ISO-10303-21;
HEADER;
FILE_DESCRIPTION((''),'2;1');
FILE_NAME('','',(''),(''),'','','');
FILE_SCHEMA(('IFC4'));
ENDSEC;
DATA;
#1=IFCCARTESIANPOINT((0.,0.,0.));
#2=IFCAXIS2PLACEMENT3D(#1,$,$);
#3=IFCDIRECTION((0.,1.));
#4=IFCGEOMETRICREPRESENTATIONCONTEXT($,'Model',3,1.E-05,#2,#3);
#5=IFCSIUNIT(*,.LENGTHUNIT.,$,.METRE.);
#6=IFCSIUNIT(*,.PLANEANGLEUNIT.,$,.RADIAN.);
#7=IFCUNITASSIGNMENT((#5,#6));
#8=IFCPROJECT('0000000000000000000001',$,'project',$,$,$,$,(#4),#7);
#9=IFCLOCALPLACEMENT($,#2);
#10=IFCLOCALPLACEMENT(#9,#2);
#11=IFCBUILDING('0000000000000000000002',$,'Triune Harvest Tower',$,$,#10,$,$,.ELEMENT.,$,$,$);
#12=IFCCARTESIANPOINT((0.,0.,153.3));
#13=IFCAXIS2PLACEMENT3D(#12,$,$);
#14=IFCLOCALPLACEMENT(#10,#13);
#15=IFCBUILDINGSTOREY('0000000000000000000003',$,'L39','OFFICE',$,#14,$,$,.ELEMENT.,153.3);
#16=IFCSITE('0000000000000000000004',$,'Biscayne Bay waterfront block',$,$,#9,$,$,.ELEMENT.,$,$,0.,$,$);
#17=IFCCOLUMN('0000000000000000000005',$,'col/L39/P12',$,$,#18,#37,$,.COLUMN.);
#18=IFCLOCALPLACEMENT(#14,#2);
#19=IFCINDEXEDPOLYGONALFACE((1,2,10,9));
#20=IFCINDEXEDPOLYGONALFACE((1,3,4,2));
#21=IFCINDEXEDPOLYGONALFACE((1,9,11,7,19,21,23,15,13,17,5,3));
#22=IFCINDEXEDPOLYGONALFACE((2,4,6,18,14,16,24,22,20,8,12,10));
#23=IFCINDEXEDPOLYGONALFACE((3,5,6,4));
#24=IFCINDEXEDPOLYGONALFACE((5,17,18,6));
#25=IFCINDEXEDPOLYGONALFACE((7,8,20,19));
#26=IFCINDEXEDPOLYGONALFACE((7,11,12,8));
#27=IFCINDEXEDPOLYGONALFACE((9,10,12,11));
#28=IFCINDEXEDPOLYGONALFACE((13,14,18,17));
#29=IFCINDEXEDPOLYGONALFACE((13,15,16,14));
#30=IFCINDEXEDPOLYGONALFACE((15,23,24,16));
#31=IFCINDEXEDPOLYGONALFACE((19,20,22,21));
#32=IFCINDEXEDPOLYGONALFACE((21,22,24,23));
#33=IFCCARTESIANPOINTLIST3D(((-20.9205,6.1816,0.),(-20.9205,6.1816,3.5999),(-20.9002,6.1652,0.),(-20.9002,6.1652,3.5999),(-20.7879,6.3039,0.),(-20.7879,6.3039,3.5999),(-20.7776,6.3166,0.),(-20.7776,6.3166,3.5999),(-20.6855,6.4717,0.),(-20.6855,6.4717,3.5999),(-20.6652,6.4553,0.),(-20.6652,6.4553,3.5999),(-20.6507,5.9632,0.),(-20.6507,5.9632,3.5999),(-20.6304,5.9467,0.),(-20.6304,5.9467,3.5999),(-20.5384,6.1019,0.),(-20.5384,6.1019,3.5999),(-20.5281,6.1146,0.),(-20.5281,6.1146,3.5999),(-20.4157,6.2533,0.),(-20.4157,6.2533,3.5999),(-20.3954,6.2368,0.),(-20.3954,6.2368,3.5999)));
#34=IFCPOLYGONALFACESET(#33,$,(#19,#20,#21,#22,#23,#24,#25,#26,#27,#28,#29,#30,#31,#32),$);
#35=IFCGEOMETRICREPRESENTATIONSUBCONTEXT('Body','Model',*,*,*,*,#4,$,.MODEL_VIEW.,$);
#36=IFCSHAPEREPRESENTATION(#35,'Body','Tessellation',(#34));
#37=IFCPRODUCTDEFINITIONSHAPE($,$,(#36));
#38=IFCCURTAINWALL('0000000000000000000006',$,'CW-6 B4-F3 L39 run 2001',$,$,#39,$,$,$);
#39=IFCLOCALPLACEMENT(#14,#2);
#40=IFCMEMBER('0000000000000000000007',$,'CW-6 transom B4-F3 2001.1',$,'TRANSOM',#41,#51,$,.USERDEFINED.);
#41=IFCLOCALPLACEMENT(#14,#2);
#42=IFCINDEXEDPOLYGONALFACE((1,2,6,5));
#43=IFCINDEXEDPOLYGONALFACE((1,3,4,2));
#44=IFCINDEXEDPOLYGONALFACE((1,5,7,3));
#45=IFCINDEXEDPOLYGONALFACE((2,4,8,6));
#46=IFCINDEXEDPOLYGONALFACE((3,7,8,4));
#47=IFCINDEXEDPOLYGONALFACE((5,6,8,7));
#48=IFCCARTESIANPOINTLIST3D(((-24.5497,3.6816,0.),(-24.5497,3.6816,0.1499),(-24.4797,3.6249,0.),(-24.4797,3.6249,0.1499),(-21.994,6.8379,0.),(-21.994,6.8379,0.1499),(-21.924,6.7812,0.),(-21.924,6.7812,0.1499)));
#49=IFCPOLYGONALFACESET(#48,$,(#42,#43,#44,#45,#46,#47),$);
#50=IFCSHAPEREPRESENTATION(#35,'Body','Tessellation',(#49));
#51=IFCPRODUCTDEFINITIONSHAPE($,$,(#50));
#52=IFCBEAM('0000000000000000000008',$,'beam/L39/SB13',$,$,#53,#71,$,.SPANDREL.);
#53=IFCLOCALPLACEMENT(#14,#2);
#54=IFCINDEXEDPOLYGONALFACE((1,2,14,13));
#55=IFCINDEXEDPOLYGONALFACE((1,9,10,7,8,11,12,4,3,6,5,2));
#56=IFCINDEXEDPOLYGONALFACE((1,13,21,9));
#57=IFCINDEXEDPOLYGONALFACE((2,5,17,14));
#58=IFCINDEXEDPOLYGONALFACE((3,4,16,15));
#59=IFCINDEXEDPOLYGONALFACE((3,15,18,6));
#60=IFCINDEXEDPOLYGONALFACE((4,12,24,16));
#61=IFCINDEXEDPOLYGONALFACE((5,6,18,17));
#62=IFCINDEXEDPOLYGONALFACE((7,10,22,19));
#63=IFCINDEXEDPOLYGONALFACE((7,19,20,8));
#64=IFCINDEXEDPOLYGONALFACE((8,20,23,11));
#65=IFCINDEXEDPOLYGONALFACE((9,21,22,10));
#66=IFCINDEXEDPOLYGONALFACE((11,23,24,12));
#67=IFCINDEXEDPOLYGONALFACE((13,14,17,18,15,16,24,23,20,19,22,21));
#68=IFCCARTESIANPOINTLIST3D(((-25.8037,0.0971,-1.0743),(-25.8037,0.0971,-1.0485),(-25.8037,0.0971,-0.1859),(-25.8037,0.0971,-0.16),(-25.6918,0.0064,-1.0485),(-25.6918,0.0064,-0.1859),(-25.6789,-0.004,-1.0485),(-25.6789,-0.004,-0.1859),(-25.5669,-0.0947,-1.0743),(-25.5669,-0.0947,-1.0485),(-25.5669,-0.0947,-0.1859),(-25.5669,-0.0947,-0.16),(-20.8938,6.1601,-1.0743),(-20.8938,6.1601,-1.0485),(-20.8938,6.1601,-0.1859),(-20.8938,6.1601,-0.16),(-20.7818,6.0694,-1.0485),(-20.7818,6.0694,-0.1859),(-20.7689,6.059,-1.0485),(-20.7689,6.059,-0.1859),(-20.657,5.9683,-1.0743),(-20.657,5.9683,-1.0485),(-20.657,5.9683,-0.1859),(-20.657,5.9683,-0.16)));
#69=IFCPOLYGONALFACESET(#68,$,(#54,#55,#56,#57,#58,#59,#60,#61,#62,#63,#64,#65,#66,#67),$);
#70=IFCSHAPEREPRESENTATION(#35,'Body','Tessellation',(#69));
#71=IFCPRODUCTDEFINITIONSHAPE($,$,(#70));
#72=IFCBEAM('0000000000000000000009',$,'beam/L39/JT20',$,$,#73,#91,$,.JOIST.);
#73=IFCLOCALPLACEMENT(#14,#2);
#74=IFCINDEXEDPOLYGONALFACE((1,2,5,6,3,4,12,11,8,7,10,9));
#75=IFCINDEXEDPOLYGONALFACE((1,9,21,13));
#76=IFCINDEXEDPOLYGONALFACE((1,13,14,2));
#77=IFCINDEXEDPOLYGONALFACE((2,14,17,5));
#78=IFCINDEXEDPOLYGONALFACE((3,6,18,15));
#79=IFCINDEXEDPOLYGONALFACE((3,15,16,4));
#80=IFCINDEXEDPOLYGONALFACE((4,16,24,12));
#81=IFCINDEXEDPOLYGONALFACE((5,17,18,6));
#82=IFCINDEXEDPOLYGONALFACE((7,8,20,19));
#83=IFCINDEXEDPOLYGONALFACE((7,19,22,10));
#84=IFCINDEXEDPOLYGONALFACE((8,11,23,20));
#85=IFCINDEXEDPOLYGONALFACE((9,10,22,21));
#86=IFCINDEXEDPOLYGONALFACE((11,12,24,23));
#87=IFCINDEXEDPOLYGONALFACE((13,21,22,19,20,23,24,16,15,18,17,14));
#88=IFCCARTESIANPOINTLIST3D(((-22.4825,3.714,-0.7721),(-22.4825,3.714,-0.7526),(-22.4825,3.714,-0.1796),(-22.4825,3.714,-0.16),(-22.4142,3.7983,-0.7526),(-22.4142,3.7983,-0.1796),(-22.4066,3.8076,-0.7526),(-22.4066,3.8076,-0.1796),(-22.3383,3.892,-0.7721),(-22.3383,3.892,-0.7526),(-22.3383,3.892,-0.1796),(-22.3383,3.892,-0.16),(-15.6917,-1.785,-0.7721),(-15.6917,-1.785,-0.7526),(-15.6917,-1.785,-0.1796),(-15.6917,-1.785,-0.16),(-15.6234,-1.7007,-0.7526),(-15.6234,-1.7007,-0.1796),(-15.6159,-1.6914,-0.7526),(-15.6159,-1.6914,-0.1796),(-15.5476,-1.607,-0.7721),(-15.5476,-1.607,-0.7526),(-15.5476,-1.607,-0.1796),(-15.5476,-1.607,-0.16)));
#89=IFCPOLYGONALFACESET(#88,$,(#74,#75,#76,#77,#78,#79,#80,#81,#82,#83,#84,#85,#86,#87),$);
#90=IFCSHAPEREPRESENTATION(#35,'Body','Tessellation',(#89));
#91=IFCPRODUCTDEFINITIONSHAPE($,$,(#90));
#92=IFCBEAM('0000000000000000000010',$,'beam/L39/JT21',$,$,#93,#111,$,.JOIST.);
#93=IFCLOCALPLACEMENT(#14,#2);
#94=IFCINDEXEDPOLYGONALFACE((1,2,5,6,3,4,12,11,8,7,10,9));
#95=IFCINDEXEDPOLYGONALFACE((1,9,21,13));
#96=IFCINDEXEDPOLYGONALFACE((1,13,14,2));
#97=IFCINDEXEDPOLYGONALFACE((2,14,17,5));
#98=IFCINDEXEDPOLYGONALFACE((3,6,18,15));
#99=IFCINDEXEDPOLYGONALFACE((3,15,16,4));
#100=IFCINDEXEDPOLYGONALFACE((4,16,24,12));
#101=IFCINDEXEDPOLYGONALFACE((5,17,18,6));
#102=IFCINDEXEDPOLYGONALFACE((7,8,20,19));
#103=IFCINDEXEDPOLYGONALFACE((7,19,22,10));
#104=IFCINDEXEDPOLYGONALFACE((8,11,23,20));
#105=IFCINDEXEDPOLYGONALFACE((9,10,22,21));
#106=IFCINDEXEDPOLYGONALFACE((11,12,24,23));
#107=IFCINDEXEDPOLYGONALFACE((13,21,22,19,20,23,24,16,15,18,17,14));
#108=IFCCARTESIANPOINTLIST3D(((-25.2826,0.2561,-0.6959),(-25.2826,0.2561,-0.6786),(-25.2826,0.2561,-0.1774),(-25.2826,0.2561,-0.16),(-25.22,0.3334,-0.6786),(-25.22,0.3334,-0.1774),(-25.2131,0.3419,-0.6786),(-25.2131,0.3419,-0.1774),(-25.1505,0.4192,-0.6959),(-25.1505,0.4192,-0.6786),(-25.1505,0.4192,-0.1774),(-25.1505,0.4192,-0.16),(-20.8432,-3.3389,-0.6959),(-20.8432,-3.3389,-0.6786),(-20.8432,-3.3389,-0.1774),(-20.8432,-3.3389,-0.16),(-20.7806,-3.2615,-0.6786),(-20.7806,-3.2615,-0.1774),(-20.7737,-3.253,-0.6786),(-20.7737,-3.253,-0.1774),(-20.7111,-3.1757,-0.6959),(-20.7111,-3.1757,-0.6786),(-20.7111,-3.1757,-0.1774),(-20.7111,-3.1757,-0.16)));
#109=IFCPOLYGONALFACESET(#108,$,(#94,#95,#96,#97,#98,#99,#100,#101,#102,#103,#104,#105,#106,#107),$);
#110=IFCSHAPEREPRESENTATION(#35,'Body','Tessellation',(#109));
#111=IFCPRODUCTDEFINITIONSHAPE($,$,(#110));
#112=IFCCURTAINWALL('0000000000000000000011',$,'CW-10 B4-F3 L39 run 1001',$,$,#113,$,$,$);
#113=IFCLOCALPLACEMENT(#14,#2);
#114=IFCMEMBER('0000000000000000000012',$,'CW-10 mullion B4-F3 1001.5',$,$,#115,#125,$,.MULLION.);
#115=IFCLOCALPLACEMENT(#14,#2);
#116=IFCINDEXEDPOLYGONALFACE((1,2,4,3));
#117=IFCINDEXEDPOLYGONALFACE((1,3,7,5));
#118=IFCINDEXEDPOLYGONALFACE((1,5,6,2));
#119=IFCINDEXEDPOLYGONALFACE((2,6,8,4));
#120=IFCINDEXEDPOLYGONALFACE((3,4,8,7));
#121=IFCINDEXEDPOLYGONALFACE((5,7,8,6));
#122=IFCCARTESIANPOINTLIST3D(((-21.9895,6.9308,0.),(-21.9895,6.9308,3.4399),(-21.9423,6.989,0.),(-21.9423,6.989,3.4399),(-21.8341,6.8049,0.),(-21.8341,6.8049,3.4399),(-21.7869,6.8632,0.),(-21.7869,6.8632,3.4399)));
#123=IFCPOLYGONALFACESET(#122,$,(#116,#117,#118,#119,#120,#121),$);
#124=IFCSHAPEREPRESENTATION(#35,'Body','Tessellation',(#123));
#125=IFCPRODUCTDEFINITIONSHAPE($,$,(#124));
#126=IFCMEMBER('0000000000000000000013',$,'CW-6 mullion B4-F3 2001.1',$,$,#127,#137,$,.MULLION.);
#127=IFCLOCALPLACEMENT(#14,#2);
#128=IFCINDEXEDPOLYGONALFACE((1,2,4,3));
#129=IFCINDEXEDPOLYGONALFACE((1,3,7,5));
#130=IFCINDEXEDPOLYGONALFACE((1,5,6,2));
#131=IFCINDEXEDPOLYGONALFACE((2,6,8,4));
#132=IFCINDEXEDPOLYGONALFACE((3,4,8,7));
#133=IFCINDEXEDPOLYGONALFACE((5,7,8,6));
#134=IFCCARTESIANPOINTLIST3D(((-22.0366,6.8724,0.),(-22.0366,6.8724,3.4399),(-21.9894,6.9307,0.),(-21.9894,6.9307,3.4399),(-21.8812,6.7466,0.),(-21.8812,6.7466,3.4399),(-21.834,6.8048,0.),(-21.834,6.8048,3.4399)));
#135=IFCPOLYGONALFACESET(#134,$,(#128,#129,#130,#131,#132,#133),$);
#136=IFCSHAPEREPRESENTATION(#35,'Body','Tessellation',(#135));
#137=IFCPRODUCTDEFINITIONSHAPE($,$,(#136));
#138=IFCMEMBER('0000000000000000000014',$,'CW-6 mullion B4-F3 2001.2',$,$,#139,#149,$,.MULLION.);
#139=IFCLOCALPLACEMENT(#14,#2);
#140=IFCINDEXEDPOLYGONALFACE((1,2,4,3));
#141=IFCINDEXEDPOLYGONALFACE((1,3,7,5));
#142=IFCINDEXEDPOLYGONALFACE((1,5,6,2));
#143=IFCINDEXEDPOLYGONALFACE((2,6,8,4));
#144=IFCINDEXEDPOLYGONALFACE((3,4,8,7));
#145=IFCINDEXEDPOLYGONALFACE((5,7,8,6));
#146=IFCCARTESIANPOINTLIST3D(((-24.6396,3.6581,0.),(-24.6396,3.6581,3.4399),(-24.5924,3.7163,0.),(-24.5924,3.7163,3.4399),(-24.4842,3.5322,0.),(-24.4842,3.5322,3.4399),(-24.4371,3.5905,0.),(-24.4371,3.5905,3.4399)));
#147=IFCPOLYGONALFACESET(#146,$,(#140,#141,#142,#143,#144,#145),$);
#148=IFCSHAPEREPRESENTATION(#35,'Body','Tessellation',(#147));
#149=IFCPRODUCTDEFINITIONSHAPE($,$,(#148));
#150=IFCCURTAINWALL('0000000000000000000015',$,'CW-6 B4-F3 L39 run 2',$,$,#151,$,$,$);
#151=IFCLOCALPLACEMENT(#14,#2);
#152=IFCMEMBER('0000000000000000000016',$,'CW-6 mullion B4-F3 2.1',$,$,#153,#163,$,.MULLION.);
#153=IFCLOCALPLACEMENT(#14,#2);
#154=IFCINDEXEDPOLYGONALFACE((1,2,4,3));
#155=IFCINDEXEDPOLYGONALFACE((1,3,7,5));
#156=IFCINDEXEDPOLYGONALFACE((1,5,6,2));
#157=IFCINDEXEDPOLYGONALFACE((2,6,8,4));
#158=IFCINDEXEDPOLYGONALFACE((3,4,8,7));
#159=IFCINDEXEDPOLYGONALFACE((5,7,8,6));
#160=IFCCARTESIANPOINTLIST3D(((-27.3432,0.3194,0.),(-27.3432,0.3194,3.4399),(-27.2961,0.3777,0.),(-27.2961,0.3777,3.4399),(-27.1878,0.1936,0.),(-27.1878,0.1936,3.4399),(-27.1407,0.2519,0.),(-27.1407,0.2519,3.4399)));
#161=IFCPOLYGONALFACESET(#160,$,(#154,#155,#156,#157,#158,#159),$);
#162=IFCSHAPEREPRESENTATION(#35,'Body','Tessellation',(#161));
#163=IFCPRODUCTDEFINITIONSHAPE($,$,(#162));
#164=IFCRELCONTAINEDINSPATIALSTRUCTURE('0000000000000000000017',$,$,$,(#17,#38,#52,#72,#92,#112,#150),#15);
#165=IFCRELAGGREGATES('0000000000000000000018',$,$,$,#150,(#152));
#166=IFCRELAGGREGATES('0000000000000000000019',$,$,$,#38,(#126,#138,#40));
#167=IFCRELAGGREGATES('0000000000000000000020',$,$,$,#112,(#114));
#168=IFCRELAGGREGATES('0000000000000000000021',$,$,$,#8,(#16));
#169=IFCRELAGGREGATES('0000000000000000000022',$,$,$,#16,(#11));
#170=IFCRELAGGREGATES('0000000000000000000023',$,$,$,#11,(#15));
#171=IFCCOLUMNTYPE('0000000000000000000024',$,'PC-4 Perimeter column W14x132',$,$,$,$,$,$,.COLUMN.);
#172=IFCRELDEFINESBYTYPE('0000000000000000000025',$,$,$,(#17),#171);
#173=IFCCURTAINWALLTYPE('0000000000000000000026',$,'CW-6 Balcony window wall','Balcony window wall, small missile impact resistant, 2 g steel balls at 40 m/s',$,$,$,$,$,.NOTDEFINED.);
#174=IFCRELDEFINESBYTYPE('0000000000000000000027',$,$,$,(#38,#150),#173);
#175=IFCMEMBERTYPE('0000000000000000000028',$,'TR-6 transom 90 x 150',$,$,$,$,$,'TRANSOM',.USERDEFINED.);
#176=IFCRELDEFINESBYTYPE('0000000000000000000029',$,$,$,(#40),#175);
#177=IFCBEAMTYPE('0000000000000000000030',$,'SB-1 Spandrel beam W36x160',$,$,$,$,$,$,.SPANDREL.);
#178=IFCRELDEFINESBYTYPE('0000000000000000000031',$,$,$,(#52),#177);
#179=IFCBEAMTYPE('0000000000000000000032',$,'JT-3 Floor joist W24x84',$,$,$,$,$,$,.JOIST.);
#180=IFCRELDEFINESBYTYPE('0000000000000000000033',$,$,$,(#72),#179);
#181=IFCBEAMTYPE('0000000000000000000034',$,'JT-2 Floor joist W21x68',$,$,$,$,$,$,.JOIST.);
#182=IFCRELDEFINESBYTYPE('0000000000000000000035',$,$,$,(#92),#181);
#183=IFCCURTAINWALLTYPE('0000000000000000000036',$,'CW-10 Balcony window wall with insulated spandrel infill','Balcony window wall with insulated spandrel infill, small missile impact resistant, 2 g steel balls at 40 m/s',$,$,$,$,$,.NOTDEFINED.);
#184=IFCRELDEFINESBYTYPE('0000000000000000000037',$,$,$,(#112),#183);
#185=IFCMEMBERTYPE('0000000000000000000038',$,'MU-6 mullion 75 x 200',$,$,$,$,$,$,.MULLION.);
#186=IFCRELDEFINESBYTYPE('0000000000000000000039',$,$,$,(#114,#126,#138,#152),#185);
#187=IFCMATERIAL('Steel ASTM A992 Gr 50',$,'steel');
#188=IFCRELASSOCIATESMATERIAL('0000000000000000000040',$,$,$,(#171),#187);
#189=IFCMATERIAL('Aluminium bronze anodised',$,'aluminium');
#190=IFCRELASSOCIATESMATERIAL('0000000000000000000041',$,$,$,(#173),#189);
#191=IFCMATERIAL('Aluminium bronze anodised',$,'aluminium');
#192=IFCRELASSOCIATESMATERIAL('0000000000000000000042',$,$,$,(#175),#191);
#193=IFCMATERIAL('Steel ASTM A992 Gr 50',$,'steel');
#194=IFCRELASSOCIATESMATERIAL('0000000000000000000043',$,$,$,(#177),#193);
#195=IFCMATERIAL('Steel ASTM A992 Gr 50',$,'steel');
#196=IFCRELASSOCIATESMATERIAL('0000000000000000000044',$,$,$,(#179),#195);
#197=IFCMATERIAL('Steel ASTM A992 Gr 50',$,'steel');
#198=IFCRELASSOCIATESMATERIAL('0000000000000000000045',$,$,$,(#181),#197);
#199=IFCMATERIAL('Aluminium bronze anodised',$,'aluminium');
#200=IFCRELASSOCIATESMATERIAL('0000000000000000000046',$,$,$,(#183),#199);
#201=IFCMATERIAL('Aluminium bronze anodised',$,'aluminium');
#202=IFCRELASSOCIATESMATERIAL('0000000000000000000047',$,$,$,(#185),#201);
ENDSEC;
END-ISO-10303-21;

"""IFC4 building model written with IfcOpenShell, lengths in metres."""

from ifc_helpers import new_model, si_unit, direction, frame, origin, origin_2d, place, context, subcontext, project, spatial, rectangle, i_section, extrude, source, transform, mapped, material, material_profile, profile_set, type_object, element, aggregate, save


model = new_model("IFC4")

# Units and contexts
model_context = context("Model", 3, precision=1e-05, world=origin(), true_north=direction((0.0, 1.0)))
body_context = subcontext(model_context, "Body", "Model", "MODEL_VIEW")
ifc_project = project(units=[si_unit("LENGTHUNIT", "METRE"), si_unit("PLANEANGLEUNIT", "RADIAN")], contexts=[model_context])

# Site, building, storey
site_placement = place(None, origin())
site = spatial("IfcSite", under=ifc_project, at=site_placement, Name="Biscayne Bay waterfront block", CompositionType="ELEMENT", RefElevation=0.0)
building_placement = place(site_placement, origin())
building = spatial("IfcBuilding", under=site, at=building_placement, Name="Triune Harvest Tower", CompositionType="ELEMENT")
storey_placement = place(building_placement, frame((0.0, 0.0, 153.3)))
storey = spatial("IfcBuildingStorey", under=building, at=storey_placement, Name="L39", Description="OFFICE", CompositionType="ELEMENT", Elevation=153.3)

# Column
ifc_material_1 = material(Name="Steel ASTM A992 Gr 50", Category="steel")
ifc_material_profile_1 = material_profile(ifc_material_1, i_section(OverallWidth=0.3733, OverallDepth=0.3733, WebThickness=0.0164, FlangeThickness=0.0261, at=origin_2d()), Name="W14x132")
ifc_profile_set_1 = profile_set([ifc_material_profile_1], Name="Steel ASTM A992 Gr 50")
column_type = type_object("IfcColumnType", Name="PC-4 Perimeter column W14x132", PredefinedType="COLUMN", material=ifc_profile_set_1)
shared_shape_1 = source(origin(), body_context, "Body", "SweptSolid", [
    extrude(i_section(OverallWidth=0.3733, OverallDepth=0.3733, WebThickness=0.0164, FlangeThickness=0.0261, at=origin_2d()), origin(), (0.0, 0.0, 1.0), 3.5999),
])
column_placement = place(storey_placement, frame((-20.658, 6.2092, 0.0), z_axis=(0.0, 0.0, 1.0), x_axis=(-0.629322, -0.777145, 0.0)))
element("IfcColumn", 1, at=column_placement, inside=storey, type_object=column_type, Name="col/L39/P12", PredefinedType="COLUMN", context=body_context, shape_type="MappedRepresentation", body=[
    mapped(shared_shape_1, transform((0.0, 0.0, 0.0), scale=1.0)),
])

# Curtain wall, member
ifc_material_2 = material(Name="Aluminium bronze anodised", Category="aluminium")
curtain_wall_type_1 = type_object("IfcCurtainWallType", Name="CW-6 Balcony window wall", Description="Balcony window wall, small missile impact resistant, 2 g steel balls at 40 m/s", PredefinedType="NOTDEFINED", material=ifc_material_2)
curtain_wall_1_placement = place(storey_placement, origin())
curtain_wall_1 = element("IfcCurtainWall", 2, at=curtain_wall_1_placement, inside=storey, type_object=curtain_wall_type_1, Name="CW-6 B4-F3 L39 run 2001")
ifc_material_3 = material(Name="Aluminium bronze anodised", Category="aluminium")
ifc_material_profile_2 = material_profile(ifc_material_3, rectangle(XDim=0.0901, YDim=0.1499, at=origin_2d()), Name="TR-6 transom 90 x 150")
ifc_profile_set_2 = profile_set([ifc_material_profile_2], Name="Aluminium bronze anodised")
member_type_1 = type_object("IfcMemberType", Name="TR-6 transom 90 x 150", ElementType="TRANSOM", PredefinedType="USERDEFINED", material=ifc_profile_set_2)
member_1_placement = place(storey_placement, frame((-21.959, 6.8096, 0.075), z_axis=(-0.629288, -0.777172, 0.0), x_axis=(0.777172, -0.629288, 0.0)))
member_1 = element("IfcMember", 3, at=member_1_placement, type_object=member_type_1, Name="CW-6 transom B4-F3 2001.1", ObjectType="TRANSOM", PredefinedType="USERDEFINED", context=body_context, shape_type="SweptSolid", body=[
    extrude(rectangle(XDim=0.0901, YDim=0.1499, at=origin_2d()), origin(), (0.0, 0.0, 1.0), 4.0613),
])

# Beams
ifc_material_4 = material(Name="Steel ASTM A992 Gr 50", Category="steel")
ifc_material_profile_3 = material_profile(ifc_material_4, i_section(OverallWidth=0.3047, OverallDepth=0.9143, WebThickness=0.0166, FlangeThickness=0.0259, at=origin_2d()), Name="W36x160")
ifc_profile_set_3 = profile_set([ifc_material_profile_3], Name="Steel ASTM A992 Gr 50")
beam_type_1 = type_object("IfcBeamType", Name="SB-1 Spandrel beam W36x160", PredefinedType="SPANDREL", material=ifc_profile_set_3)
shared_shape_2 = source(origin(), body_context, "Body", "SweptSolid", [
    extrude(i_section(OverallWidth=0.3047, OverallDepth=0.9143, WebThickness=0.0166, FlangeThickness=0.0259, at=origin_2d()), origin(), (0.0, 0.0, 1.0), 7.8018),
])
beam_1_placement = place(storey_placement, frame((-20.7754, 6.0642, -0.6172), z_axis=(-0.629336, -0.777133, 0.0), x_axis=(0.777133, -0.629336, 0.0)))
element("IfcBeam", 4, at=beam_1_placement, inside=storey, type_object=beam_type_1, Name="beam/L39/SB13", PredefinedType="SPANDREL", context=body_context, shape_type="MappedRepresentation", body=[
    mapped(shared_shape_2, transform((0.0, 0.0, 0.0), scale=1.0)),
])
ifc_material_5 = material(Name="Steel ASTM A992 Gr 50", Category="steel")
ifc_material_profile_4 = material_profile(ifc_material_5, i_section(OverallWidth=0.229, OverallDepth=0.6121, WebThickness=0.012, FlangeThickness=0.0195, at=origin_2d()), Name="W24x84")
ifc_profile_set_4 = profile_set([ifc_material_profile_4], Name="Steel ASTM A992 Gr 50")
beam_type_2 = type_object("IfcBeamType", Name="JT-3 Floor joist W24x84", PredefinedType="JOIST", material=ifc_profile_set_4)
shared_shape_3 = source(origin(), body_context, "Body", "SweptSolid", [
    extrude(i_section(OverallWidth=0.229, OverallDepth=0.6121, WebThickness=0.012, FlangeThickness=0.0195, at=origin_2d()), origin(), (0.0, 0.0, 1.0), 8.738),
])
beam_2_placement = place(storey_placement, frame((-22.4104, 3.803, -0.4661), z_axis=(0.777148, -0.629318, 0.0), x_axis=(0.629318, 0.777148, 0.0)))
element("IfcBeam", 5, at=beam_2_placement, inside=storey, type_object=beam_type_2, Name="beam/L39/JT20", PredefinedType="JOIST", context=body_context, shape_type="MappedRepresentation", body=[
    mapped(shared_shape_3, transform((0.0, 0.0, 0.0), scale=1.0)),
])
ifc_material_6 = material(Name="Steel ASTM A992 Gr 50", Category="steel")
ifc_material_profile_5 = material_profile(ifc_material_6, i_section(OverallWidth=0.21, OverallDepth=0.5359, WebThickness=0.011, FlangeThickness=0.0173, at=origin_2d()), Name="W21x68")
ifc_profile_set_5 = profile_set([ifc_material_profile_5], Name="Steel ASTM A992 Gr 50")
beam_type_3 = type_object("IfcBeamType", Name="JT-2 Floor joist W21x68", PredefinedType="JOIST", material=ifc_profile_set_5)
shared_shape_4 = source(origin(), body_context, "Body", "SweptSolid", [
    extrude(i_section(OverallWidth=0.21, OverallDepth=0.5359, WebThickness=0.011, FlangeThickness=0.0173, at=origin_2d()), origin(), (0.0, 0.0, 1.0), 5.7124),
])
beam_3_placement = place(storey_placement, frame((-25.2166, 0.3376, -0.428), z_axis=(0.777148, -0.629317, 0.0), x_axis=(0.629317, 0.777148, 0.0)))
element("IfcBeam", 6, at=beam_3_placement, inside=storey, type_object=beam_type_3, Name="beam/L39/JT21", PredefinedType="JOIST", context=body_context, shape_type="MappedRepresentation", body=[
    mapped(shared_shape_4, transform((0.0, 0.0, 0.0), scale=1.0)),
])

# Curtain wall, member
ifc_material_7 = material(Name="Aluminium bronze anodised", Category="aluminium")
curtain_wall_type_2 = type_object("IfcCurtainWallType", Name="CW-10 Balcony window wall with insulated spandrel infill", Description="Balcony window wall with insulated spandrel infill, small missile impact resistant, 2 g steel balls at 40 m/s", PredefinedType="NOTDEFINED", material=ifc_material_7)
curtain_wall_2_placement = place(storey_placement, origin())
curtain_wall_2 = element("IfcCurtainWall", 7, at=curtain_wall_2_placement, inside=storey, type_object=curtain_wall_type_2, Name="CW-10 B4-F3 L39 run 1001")
ifc_material_8 = material(Name="Aluminium bronze anodised", Category="aluminium")
ifc_material_profile_6 = material_profile(ifc_material_8, rectangle(XDim=0.2, YDim=0.075, at=origin_2d()), Name="MU-6 mullion 75 x 200")
ifc_profile_set_6 = profile_set([ifc_material_profile_6], Name="Aluminium bronze anodised")
member_type_2 = type_object("IfcMemberType", Name="MU-6 mullion 75 x 200", PredefinedType="MULLION", material=ifc_profile_set_6)
shared_shape_5 = source(origin(), body_context, "Body", "SweptSolid", [
    extrude(rectangle(XDim=0.2, YDim=0.075, at=origin_2d()), origin(), (0.0, 0.0, 1.0), 3.4399),
])
member_2_placement = place(storey_placement, frame((-21.8882, 6.897, 0.0), z_axis=(0.0, 0.0, 1.0), x_axis=(0.777145, -0.629322, 0.0)))
member_2 = element("IfcMember", 8, at=member_2_placement, type_object=member_type_2, Name="CW-10 mullion B4-F3 1001.5", PredefinedType="MULLION", context=body_context, shape_type="MappedRepresentation", body=[
    mapped(shared_shape_5, transform((0.0, 0.0, 0.0), scale=1.0)),
])

# Members
member_3_placement = place(storey_placement, frame((-21.9353, 6.8386, 0.0), z_axis=(0.0, 0.0, 1.0), x_axis=(0.777149, -0.629316, 0.0)))
member_3 = element("IfcMember", 9, at=member_3_placement, type_object=member_type_2, Name="CW-6 mullion B4-F3 2001.1", PredefinedType="MULLION", context=body_context, shape_type="MappedRepresentation", body=[
    mapped(shared_shape_5, transform((0.0, 0.0, 0.0), scale=1.0)),
])
member_4_placement = place(storey_placement, frame((-24.5383, 3.6243, 0.0), z_axis=(0.0, 0.0, 1.0), x_axis=(0.777149, -0.629316, 0.0)))
member_4 = element("IfcMember", 10, at=member_4_placement, type_object=member_type_2, Name="CW-6 mullion B4-F3 2001.2", PredefinedType="MULLION", context=body_context, shape_type="MappedRepresentation", body=[
    mapped(shared_shape_5, transform((0.0, 0.0, 0.0), scale=1.0)),
])

# Curtain wall, member
curtain_wall_3_placement = place(storey_placement, origin())
curtain_wall_3 = element("IfcCurtainWall", 11, at=curtain_wall_3_placement, inside=storey, type_object=curtain_wall_type_1, Name="CW-6 B4-F3 L39 run 2")
member_5_placement = place(storey_placement, frame((-27.2419, 0.2856, 0.0), z_axis=(0.0, 0.0, 1.0), x_axis=(0.777145, -0.629321, 0.0)))
member_5 = element("IfcMember", 12, at=member_5_placement, type_object=member_type_2, Name="CW-6 mullion B4-F3 2.1", PredefinedType="MULLION", context=body_context, shape_type="MappedRepresentation", body=[
    mapped(shared_shape_5, transform((0.0, 0.0, 0.0), scale=1.0)),
])

aggregate(curtain_wall_3, [member_5])

aggregate(curtain_wall_1, [member_3, member_4, member_1])
aggregate(curtain_wall_2, [member_2])

save(model, "model.ifc")
